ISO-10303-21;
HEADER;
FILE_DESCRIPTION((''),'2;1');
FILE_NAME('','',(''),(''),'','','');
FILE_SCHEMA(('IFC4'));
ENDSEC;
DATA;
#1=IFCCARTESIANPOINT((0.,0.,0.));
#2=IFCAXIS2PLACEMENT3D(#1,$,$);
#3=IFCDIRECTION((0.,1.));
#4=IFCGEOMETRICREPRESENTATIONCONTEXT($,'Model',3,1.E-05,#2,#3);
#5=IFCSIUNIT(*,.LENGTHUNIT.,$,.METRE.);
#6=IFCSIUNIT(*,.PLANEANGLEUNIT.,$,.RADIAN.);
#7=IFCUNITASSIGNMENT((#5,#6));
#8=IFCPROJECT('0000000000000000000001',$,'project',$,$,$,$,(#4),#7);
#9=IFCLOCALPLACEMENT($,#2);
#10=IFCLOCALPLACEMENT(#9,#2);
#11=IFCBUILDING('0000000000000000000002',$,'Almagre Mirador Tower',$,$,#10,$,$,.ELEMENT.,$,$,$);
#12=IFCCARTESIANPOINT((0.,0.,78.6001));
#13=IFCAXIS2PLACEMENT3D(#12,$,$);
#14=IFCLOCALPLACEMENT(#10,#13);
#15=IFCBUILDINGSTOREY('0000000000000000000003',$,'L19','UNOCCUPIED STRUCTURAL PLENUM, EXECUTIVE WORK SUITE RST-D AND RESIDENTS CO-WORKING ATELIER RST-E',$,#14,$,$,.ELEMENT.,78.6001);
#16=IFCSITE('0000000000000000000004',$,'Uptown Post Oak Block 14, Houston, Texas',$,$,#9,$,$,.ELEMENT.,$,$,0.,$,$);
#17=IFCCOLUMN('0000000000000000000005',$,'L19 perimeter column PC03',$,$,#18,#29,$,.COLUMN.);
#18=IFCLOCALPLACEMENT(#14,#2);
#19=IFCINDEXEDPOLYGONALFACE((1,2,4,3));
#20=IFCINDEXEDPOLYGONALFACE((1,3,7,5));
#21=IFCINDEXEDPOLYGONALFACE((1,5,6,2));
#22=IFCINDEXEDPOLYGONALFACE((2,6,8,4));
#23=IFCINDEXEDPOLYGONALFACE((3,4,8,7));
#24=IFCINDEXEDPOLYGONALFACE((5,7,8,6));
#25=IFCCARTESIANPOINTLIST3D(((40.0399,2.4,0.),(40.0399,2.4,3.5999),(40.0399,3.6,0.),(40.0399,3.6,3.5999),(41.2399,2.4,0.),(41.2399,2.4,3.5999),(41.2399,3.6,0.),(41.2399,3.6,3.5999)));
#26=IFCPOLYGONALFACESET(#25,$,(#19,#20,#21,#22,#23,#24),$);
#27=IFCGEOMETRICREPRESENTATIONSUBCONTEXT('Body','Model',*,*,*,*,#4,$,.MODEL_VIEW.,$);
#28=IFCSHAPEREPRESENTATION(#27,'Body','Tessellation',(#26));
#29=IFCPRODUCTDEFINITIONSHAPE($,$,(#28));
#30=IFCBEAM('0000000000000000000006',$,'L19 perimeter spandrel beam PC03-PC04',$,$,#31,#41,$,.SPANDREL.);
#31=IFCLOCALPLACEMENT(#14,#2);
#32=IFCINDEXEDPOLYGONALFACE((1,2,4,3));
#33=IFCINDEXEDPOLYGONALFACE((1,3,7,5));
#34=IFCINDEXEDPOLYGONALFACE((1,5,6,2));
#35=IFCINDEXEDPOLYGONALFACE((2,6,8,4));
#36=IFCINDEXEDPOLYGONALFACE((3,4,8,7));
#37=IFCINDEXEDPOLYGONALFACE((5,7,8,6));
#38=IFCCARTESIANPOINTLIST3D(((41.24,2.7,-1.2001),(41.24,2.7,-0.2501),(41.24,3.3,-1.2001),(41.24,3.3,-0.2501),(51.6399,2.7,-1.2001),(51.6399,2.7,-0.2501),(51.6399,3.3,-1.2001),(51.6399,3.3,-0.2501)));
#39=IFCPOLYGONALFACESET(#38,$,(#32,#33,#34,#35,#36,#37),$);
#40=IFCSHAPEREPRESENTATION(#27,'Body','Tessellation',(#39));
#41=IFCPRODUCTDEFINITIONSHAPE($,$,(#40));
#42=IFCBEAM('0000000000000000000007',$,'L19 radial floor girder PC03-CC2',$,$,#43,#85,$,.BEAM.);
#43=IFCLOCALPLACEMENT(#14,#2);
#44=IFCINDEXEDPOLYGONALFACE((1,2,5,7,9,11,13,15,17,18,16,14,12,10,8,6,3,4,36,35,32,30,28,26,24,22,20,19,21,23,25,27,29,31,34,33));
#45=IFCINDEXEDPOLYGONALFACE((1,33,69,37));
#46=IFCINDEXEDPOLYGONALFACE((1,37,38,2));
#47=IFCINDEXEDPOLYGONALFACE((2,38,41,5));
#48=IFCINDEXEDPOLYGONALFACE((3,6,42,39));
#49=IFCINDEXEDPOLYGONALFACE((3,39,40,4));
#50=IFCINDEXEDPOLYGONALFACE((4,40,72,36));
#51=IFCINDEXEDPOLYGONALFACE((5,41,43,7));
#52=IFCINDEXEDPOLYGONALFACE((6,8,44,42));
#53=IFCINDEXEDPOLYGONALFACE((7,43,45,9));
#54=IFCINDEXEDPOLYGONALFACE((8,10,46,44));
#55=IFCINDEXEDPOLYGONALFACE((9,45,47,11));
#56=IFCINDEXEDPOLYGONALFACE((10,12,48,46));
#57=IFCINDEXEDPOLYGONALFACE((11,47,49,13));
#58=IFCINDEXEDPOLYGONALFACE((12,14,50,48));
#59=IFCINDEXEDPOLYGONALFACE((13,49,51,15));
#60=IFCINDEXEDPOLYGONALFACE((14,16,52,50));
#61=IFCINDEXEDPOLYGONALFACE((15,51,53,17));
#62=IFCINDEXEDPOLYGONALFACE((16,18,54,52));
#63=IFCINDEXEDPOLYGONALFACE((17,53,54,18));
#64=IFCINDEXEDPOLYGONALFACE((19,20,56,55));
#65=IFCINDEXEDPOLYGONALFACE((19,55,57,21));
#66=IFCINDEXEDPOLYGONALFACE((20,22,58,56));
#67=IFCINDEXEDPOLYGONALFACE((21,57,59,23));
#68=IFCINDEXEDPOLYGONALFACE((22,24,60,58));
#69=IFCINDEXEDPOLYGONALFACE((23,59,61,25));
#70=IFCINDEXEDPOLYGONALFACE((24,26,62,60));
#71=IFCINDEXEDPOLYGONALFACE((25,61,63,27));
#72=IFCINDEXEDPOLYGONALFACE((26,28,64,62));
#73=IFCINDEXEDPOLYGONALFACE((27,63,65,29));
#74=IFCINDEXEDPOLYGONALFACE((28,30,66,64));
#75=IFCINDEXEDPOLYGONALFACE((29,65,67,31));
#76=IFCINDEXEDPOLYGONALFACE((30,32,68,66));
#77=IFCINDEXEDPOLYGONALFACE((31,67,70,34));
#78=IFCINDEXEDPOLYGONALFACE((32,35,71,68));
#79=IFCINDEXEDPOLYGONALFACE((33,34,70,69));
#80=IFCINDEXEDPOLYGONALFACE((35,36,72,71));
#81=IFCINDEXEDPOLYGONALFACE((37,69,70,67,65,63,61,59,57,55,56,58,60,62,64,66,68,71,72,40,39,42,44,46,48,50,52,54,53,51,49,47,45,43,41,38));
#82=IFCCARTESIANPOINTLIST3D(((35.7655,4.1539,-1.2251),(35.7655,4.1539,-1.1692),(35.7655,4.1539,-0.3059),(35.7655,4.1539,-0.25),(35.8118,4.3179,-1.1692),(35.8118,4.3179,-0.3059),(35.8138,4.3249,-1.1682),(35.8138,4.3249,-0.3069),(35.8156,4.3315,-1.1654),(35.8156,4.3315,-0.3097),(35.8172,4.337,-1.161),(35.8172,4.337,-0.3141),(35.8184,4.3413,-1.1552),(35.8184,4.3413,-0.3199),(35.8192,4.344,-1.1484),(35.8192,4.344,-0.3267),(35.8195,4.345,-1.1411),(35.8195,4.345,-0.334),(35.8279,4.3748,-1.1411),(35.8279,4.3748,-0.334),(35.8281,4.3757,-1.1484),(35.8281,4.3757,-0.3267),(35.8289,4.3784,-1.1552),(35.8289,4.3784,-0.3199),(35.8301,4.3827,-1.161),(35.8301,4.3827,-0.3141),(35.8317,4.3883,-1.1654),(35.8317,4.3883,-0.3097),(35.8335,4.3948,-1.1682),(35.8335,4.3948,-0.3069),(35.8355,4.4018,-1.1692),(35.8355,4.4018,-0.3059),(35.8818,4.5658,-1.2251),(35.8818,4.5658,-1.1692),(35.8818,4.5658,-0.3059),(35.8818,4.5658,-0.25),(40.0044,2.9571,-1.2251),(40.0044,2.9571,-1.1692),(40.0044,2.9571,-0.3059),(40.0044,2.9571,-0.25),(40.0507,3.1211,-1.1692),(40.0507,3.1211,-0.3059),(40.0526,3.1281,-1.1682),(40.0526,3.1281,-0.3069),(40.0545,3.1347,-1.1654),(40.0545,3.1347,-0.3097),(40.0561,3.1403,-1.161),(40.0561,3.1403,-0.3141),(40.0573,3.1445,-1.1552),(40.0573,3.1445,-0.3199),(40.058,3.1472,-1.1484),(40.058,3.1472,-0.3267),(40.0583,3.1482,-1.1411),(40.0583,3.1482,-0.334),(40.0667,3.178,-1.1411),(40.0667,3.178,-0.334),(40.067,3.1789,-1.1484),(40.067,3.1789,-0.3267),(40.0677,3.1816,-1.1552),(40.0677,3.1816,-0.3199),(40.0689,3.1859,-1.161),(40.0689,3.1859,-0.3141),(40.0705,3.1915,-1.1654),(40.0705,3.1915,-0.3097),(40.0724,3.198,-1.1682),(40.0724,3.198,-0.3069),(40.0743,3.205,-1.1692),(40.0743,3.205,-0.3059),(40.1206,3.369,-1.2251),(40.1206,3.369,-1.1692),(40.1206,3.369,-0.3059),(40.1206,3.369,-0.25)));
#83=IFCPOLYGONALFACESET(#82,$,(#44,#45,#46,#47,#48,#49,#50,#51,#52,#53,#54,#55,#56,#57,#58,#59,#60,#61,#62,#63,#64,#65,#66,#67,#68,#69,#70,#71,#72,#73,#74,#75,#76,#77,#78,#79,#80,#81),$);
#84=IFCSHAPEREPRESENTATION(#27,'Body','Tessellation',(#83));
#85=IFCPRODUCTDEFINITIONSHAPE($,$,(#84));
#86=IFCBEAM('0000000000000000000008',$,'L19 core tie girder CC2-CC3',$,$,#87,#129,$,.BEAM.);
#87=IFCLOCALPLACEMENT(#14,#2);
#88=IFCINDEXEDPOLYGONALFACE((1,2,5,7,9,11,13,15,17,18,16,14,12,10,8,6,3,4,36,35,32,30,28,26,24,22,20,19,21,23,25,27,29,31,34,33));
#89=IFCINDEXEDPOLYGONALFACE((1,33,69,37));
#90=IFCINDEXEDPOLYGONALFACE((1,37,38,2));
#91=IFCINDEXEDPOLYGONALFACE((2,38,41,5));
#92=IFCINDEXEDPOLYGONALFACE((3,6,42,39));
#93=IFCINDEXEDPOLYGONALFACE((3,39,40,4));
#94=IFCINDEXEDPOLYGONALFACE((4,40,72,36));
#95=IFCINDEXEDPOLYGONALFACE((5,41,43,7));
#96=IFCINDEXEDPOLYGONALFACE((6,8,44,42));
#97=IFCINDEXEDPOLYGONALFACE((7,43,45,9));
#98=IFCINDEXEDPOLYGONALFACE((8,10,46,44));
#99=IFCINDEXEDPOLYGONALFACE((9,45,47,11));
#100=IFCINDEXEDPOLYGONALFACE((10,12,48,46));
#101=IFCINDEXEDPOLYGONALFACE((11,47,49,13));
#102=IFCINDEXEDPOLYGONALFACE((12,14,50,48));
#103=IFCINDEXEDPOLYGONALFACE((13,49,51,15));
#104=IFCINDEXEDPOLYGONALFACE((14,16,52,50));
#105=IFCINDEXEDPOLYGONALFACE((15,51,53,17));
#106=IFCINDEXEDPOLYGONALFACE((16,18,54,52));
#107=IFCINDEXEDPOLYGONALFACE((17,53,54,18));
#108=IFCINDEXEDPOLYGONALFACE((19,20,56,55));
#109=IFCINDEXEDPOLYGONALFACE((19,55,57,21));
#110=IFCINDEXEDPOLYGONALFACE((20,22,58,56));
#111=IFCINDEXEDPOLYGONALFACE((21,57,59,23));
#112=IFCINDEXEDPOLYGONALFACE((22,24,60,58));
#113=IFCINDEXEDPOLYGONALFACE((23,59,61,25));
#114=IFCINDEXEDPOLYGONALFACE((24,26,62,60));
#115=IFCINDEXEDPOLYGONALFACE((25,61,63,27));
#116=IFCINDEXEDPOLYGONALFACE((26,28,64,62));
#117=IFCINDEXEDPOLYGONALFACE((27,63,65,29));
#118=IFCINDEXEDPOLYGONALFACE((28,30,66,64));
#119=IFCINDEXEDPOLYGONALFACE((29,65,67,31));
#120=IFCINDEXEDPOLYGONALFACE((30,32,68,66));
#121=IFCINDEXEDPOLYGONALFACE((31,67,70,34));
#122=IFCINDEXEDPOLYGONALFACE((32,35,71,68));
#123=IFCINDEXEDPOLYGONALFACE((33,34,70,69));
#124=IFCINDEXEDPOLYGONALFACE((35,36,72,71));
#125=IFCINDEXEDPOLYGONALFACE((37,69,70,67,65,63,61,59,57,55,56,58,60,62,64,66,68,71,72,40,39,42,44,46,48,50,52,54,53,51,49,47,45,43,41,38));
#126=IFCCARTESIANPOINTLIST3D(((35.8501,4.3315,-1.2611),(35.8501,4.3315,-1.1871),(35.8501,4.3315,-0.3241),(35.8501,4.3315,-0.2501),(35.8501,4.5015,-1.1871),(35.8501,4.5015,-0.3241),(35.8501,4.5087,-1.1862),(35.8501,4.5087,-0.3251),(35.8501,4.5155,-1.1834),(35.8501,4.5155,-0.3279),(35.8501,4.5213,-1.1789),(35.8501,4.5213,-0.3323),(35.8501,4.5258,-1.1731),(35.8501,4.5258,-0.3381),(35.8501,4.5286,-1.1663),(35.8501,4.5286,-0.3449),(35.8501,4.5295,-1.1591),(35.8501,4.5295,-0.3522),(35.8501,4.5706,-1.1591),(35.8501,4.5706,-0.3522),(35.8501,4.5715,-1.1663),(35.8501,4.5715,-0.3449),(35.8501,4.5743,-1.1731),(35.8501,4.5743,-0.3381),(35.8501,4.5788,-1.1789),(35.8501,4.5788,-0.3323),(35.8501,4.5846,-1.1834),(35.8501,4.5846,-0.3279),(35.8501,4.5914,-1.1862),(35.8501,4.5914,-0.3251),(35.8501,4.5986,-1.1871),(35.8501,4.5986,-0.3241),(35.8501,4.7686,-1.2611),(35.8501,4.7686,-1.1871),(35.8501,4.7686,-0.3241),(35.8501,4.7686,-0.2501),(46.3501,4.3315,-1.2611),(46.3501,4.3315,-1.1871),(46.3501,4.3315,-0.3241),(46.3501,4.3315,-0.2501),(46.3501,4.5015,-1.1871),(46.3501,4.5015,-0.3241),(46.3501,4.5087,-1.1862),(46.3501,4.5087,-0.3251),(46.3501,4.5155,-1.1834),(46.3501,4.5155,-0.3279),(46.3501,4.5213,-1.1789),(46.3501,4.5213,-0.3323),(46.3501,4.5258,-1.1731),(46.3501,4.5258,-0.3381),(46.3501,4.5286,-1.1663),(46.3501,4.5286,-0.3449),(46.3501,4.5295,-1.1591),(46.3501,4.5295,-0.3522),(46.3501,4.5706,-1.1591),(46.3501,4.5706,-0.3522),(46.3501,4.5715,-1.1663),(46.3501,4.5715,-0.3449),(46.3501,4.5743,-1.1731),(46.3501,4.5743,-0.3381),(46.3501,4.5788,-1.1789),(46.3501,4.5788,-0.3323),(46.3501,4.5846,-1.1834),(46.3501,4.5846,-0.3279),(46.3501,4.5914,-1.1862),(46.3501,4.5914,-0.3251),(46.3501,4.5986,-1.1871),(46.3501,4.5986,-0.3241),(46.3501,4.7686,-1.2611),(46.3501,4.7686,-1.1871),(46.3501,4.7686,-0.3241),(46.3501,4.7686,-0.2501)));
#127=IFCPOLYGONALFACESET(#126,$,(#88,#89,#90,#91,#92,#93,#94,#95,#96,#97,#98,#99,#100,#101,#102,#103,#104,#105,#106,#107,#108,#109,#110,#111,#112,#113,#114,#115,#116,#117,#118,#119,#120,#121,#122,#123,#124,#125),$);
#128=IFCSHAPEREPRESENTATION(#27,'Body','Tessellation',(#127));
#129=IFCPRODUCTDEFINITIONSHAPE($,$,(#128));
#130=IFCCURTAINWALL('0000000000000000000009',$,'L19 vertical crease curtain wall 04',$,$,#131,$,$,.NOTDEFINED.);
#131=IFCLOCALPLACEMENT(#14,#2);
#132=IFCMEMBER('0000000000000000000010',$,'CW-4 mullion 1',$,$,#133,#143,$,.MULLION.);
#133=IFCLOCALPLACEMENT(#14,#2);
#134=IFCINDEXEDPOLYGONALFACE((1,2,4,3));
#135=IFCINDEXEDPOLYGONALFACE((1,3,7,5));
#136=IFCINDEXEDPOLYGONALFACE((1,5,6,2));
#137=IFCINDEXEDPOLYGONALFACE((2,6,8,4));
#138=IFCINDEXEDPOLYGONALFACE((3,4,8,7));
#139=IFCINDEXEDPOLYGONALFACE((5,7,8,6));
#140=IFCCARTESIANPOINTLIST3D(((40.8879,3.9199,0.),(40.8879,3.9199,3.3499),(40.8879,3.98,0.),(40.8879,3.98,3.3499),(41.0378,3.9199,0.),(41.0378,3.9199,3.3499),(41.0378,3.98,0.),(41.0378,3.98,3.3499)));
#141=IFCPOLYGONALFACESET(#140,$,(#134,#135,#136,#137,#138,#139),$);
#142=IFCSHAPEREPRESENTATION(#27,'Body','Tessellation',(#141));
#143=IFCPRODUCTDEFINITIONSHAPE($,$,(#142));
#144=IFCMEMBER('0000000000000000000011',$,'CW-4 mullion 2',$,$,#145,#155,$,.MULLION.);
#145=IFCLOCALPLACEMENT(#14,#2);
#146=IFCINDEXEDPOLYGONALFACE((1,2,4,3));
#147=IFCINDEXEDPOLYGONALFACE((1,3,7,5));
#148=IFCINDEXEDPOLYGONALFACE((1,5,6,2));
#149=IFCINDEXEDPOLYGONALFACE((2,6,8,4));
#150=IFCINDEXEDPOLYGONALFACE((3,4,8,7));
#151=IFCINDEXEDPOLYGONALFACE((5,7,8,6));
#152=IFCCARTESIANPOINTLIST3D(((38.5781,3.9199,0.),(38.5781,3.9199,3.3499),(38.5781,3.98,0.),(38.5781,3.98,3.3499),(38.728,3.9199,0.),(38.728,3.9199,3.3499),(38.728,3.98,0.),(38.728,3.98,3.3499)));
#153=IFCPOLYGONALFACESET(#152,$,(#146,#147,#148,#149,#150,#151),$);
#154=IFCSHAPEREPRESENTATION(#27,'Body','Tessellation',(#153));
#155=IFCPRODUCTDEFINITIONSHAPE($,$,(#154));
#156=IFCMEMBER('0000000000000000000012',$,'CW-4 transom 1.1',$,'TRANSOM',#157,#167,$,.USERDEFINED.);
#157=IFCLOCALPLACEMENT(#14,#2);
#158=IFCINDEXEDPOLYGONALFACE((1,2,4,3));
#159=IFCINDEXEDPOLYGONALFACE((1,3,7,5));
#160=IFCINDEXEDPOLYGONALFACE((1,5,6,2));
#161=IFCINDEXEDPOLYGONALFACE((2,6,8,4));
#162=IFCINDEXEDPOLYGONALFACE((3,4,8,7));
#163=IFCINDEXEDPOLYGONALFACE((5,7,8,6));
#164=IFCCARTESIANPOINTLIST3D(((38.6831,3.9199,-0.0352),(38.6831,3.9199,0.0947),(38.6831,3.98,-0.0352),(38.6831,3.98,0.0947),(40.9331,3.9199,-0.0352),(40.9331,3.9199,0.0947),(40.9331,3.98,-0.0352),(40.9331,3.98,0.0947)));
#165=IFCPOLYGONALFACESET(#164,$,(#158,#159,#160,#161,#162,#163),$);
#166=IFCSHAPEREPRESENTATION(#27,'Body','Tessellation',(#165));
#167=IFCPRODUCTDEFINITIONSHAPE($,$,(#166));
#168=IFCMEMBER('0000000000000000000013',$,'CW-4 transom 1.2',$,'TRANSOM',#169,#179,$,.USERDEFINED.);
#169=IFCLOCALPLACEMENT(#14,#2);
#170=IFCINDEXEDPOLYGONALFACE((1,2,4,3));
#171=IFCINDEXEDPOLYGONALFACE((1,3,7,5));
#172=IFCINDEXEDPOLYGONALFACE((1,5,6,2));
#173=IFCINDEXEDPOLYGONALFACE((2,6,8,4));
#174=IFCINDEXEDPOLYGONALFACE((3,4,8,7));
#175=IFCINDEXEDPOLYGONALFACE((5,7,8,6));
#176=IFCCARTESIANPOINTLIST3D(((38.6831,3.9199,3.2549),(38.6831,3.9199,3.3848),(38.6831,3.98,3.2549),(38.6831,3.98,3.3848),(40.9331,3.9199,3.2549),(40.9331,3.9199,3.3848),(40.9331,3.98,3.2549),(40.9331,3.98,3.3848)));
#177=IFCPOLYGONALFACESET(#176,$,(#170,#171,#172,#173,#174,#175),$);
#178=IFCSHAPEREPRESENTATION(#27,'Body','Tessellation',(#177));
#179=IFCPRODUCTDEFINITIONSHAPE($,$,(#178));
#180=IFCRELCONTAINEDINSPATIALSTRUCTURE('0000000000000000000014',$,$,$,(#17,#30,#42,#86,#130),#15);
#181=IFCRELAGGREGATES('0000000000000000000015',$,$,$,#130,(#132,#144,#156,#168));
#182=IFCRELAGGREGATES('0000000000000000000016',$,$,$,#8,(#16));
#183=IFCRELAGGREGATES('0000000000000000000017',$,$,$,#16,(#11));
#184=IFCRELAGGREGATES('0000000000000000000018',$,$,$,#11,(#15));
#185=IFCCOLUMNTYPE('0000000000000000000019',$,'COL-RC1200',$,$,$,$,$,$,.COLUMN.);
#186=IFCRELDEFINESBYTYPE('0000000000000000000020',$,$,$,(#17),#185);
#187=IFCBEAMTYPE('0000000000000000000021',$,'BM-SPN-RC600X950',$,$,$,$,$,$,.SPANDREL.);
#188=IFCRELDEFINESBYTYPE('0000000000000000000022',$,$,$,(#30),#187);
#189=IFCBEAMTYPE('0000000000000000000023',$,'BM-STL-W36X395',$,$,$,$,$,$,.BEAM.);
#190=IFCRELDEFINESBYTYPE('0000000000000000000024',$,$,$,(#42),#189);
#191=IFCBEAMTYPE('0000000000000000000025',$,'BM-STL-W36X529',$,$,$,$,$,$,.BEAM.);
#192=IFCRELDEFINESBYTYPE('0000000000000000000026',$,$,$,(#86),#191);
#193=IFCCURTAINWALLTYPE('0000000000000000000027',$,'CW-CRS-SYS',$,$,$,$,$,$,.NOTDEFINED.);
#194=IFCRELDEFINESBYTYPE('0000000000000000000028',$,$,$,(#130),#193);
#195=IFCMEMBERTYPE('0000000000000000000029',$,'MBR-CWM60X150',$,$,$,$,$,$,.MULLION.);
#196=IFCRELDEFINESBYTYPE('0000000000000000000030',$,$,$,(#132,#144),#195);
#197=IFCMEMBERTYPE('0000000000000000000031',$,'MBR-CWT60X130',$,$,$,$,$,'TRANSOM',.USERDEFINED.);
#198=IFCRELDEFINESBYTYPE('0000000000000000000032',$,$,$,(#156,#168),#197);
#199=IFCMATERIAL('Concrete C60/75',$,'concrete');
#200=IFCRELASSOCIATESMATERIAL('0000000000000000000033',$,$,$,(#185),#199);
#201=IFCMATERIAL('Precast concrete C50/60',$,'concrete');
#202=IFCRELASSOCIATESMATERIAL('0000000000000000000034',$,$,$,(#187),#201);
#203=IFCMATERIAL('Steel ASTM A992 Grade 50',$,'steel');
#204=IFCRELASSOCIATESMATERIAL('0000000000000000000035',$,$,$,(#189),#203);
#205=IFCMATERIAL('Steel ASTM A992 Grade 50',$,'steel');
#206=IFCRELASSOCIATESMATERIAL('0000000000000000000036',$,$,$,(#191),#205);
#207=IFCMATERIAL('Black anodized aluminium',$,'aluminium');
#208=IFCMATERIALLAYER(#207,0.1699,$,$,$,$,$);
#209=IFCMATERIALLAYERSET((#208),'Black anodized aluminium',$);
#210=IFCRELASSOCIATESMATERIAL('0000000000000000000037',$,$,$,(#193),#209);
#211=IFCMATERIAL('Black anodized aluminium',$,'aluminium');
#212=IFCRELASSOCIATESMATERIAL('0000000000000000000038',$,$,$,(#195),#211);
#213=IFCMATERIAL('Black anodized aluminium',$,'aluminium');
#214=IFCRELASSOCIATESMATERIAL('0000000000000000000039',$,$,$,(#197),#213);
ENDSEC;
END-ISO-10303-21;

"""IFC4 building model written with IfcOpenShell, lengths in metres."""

from ifc_helpers import new_model, si_unit, direction, frame, origin, origin_2d, place, context, subcontext, project, spatial, rectangle, i_section, extrude, material, layer, layer_set, material_profile, profile_set, type_object, element, aggregate, save


model = new_model("IFC4")

# Units and contexts
model_context = context("Model", 3, precision=1e-05, world=origin(), true_north=direction((0.0, 1.0)))
body_context = subcontext(model_context, "Body", "Model", "MODEL_VIEW")
ifc_project = project(units=[si_unit("LENGTHUNIT", "METRE"), si_unit("PLANEANGLEUNIT", "RADIAN")], contexts=[model_context])

# Site, building, storey
site_placement = place(None, origin())
site = spatial("IfcSite", under=ifc_project, at=site_placement, Name="Uptown Post Oak Block 14, Houston, Texas", CompositionType="ELEMENT", RefElevation=0.0)
building_placement = place(site_placement, origin())
building = spatial("IfcBuilding", under=site, at=building_placement, Name="Almagre Mirador Tower", CompositionType="ELEMENT")
storey_placement = place(building_placement, frame((0.0, 0.0, 78.6001)))
storey = spatial("IfcBuildingStorey", under=building, at=storey_placement, Name="L19", Description="UNOCCUPIED STRUCTURAL PLENUM, EXECUTIVE WORK SUITE RST-D AND RESIDENTS CO-WORKING ATELIER RST-E", CompositionType="ELEMENT", Elevation=78.6001)

# Column
ifc_material_1 = material(Name="Concrete C60/75", Category="concrete")
ifc_material_profile_1 = material_profile(ifc_material_1, rectangle(XDim=1.2, YDim=1.2, at=origin_2d()), Name="RC1200X1200")
ifc_profile_set_1 = profile_set([ifc_material_profile_1], Name="Concrete C60/75")
column_type = type_object("IfcColumnType", Name="COL-RC1200", PredefinedType="COLUMN", material=ifc_profile_set_1)
column_placement = place(storey_placement, frame((40.6399, 3.0, 0.0), z_axis=(0.0, 0.0, 1.0), x_axis=(1.0, 0.0, 0.0)))
element("IfcColumn", 1, at=column_placement, inside=storey, type_object=column_type, Name="L19 perimeter column PC03", PredefinedType="COLUMN", context=body_context, shape_type="SweptSolid", body=[
    extrude(rectangle(XDim=1.2, YDim=1.2, at=origin_2d()), origin(), (0.0, 0.0, 1.0), 3.5999),
])

# Beams
ifc_material_2 = material(Name="Precast concrete C50/60", Category="concrete")
ifc_material_profile_2 = material_profile(ifc_material_2, rectangle(XDim=0.6001, YDim=0.95, at=origin_2d()), Name="RC600X950")
ifc_profile_set_2 = profile_set([ifc_material_profile_2], Name="Precast concrete C50/60")
beam_type_1 = type_object("IfcBeamType", Name="BM-SPN-RC600X950", PredefinedType="SPANDREL", material=ifc_profile_set_2)
beam_1_placement = place(storey_placement, frame((41.24, 3.0, -0.7251), z_axis=(1.0, 0.0, 0.0), x_axis=(0.0, 1.0, 0.0)))
element("IfcBeam", 2, at=beam_1_placement, inside=storey, type_object=beam_type_1, Name="L19 perimeter spandrel beam PC03-PC04", PredefinedType="SPANDREL", context=body_context, shape_type="SweptSolid", body=[
    extrude(rectangle(XDim=0.6001, YDim=0.95, at=origin_2d()), origin(), (0.0, 0.0, 1.0), 10.3999),
])
ifc_material_3 = material(Name="Steel ASTM A992 Grade 50", Category="steel")
ifc_material_profile_3 = material_profile(ifc_material_3, i_section(OverallWidth=0.428, OverallDepth=0.9751, WebThickness=0.031, FlangeThickness=0.0559, FilletRadius=0.0281, at=origin_2d()), Name="W36X395")
ifc_profile_set_3 = profile_set([ifc_material_profile_3], Name="Steel ASTM A992 Grade 50")
beam_type_2 = type_object("IfcBeamType", Name="BM-STL-W36X395", PredefinedType="BEAM", material=ifc_profile_set_3)
beam_2_placement = place(storey_placement, frame((40.0625, 3.1631, -0.7375), z_axis=(-0.962377, 0.271718, 0.0), x_axis=(-0.271718, -0.962377, 0.0)))
element("IfcBeam", 3, at=beam_2_placement, inside=storey, type_object=beam_type_2, Name="L19 radial floor girder PC03-CC2", PredefinedType="BEAM", context=body_context, shape_type="SweptSolid", body=[
    extrude(i_section(OverallWidth=0.428, OverallDepth=0.9751, WebThickness=0.031, FlangeThickness=0.0559, FilletRadius=0.0281, at=origin_2d()), origin(), (0.0, 0.0, 1.0), 4.4045),
])
ifc_material_4 = material(Name="Steel ASTM A992 Grade 50", Category="steel")
ifc_material_profile_4 = material_profile(ifc_material_4, i_section(OverallWidth=0.437, OverallDepth=1.011, WebThickness=0.041, FlangeThickness=0.074, FilletRadius=0.0281, at=origin_2d()), Name="W36X529")
ifc_profile_set_4 = profile_set([ifc_material_profile_4], Name="Steel ASTM A992 Grade 50")
beam_type_3 = type_object("IfcBeamType", Name="BM-STL-W36X529", PredefinedType="BEAM", material=ifc_profile_set_4)
beam_3_placement = place(storey_placement, frame((35.8501, 4.55, -0.7556), z_axis=(1.0, 0.0, 0.0), x_axis=(0.0, 1.0, 0.0)))
element("IfcBeam", 4, at=beam_3_placement, inside=storey, type_object=beam_type_3, Name="L19 core tie girder CC2-CC3", PredefinedType="BEAM", context=body_context, shape_type="SweptSolid", body=[
    extrude(i_section(OverallWidth=0.437, OverallDepth=1.011, WebThickness=0.041, FlangeThickness=0.074, FilletRadius=0.0281, at=origin_2d()), origin(), (0.0, 0.0, 1.0), 10.5),
])

# Curtain wall, members
ifc_material_5 = material(Name="Black anodized aluminium", Category="aluminium")
ifc_layer_1 = layer(ifc_material_5, 0.1699)
ifc_layer_set_1 = layer_set([ifc_layer_1], Name="Black anodized aluminium")
curtain_wall_type = type_object("IfcCurtainWallType", Name="CW-CRS-SYS", PredefinedType="NOTDEFINED", material=ifc_layer_set_1)
curtain_wall_placement = place(storey_placement, origin())
curtain_wall = element("IfcCurtainWall", 5, at=curtain_wall_placement, inside=storey, type_object=curtain_wall_type, Name="L19 vertical crease curtain wall 04", PredefinedType="NOTDEFINED")
ifc_material_6 = material(Name="Black anodized aluminium", Category="aluminium")
ifc_material_profile_5 = material_profile(ifc_material_6, rectangle(XDim=0.0601, YDim=0.1499, at=origin_2d()), Name="CWM60X150")
ifc_profile_set_5 = profile_set([ifc_material_profile_5], Name="Black anodized aluminium")
member_type_1 = type_object("IfcMemberType", Name="MBR-CWM60X150", PredefinedType="MULLION", material=ifc_profile_set_5)
member_1_placement = place(storey_placement, frame((40.9629, 3.95, 0.0), z_axis=(0.0, 0.0, 1.0), x_axis=(0.0, -1.0, 0.0)))
member_1 = element("IfcMember", 6, at=member_1_placement, type_object=member_type_1, Name="CW-4 mullion 1", PredefinedType="MULLION", context=body_context, shape_type="SweptSolid", body=[
    extrude(rectangle(XDim=0.0601, YDim=0.1499, at=origin_2d()), origin(), (0.0, 0.0, 1.0), 3.3499),
])
member_2_placement = place(storey_placement, frame((38.6531, 3.95, 0.0), z_axis=(0.0, 0.0, 1.0), x_axis=(0.0, -1.0, 0.0)))
member_2 = element("IfcMember", 7, at=member_2_placement, type_object=member_type_1, Name="CW-4 mullion 2", PredefinedType="MULLION", context=body_context, shape_type="SweptSolid", body=[
    extrude(rectangle(XDim=0.0601, YDim=0.1499, at=origin_2d()), origin(), (0.0, 0.0, 1.0), 3.3499),
])
ifc_material_7 = material(Name="Black anodized aluminium", Category="aluminium")
ifc_material_profile_6 = material_profile(ifc_material_7, rectangle(XDim=0.0601, YDim=0.1299, at=origin_2d()), Name="CWT60X130")
ifc_profile_set_6 = profile_set([ifc_material_profile_6], Name="Black anodized aluminium")
member_type_2 = type_object("IfcMemberType", Name="MBR-CWT60X130", ElementType="TRANSOM", PredefinedType="USERDEFINED", material=ifc_profile_set_6)
member_3_placement = place(storey_placement, frame((40.9331, 3.95, 0.0298), z_axis=(-1.0, 0.0, 0.0), x_axis=(0.0, -1.0, 0.0)))
member_3 = element("IfcMember", 8, at=member_3_placement, type_object=member_type_2, Name="CW-4 transom 1.1", ObjectType="TRANSOM", PredefinedType="USERDEFINED", context=body_context, shape_type="SweptSolid", body=[
    extrude(rectangle(XDim=0.0601, YDim=0.1299, at=origin_2d()), origin(), (0.0, 0.0, 1.0), 2.25),
])
member_4_placement = place(storey_placement, frame((40.9331, 3.95, 3.3198), z_axis=(-1.0, 0.0, 0.0), x_axis=(0.0, -1.0, 0.0)))
member_4 = element("IfcMember", 9, at=member_4_placement, type_object=member_type_2, Name="CW-4 transom 1.2", ObjectType="TRANSOM", PredefinedType="USERDEFINED", context=body_context, shape_type="SweptSolid", body=[
    extrude(rectangle(XDim=0.0601, YDim=0.1299, at=origin_2d()), origin(), (0.0, 0.0, 1.0), 2.25),
])
aggregate(curtain_wall, [member_1, member_2, member_3, member_4])

save(model, "model.ifc")
